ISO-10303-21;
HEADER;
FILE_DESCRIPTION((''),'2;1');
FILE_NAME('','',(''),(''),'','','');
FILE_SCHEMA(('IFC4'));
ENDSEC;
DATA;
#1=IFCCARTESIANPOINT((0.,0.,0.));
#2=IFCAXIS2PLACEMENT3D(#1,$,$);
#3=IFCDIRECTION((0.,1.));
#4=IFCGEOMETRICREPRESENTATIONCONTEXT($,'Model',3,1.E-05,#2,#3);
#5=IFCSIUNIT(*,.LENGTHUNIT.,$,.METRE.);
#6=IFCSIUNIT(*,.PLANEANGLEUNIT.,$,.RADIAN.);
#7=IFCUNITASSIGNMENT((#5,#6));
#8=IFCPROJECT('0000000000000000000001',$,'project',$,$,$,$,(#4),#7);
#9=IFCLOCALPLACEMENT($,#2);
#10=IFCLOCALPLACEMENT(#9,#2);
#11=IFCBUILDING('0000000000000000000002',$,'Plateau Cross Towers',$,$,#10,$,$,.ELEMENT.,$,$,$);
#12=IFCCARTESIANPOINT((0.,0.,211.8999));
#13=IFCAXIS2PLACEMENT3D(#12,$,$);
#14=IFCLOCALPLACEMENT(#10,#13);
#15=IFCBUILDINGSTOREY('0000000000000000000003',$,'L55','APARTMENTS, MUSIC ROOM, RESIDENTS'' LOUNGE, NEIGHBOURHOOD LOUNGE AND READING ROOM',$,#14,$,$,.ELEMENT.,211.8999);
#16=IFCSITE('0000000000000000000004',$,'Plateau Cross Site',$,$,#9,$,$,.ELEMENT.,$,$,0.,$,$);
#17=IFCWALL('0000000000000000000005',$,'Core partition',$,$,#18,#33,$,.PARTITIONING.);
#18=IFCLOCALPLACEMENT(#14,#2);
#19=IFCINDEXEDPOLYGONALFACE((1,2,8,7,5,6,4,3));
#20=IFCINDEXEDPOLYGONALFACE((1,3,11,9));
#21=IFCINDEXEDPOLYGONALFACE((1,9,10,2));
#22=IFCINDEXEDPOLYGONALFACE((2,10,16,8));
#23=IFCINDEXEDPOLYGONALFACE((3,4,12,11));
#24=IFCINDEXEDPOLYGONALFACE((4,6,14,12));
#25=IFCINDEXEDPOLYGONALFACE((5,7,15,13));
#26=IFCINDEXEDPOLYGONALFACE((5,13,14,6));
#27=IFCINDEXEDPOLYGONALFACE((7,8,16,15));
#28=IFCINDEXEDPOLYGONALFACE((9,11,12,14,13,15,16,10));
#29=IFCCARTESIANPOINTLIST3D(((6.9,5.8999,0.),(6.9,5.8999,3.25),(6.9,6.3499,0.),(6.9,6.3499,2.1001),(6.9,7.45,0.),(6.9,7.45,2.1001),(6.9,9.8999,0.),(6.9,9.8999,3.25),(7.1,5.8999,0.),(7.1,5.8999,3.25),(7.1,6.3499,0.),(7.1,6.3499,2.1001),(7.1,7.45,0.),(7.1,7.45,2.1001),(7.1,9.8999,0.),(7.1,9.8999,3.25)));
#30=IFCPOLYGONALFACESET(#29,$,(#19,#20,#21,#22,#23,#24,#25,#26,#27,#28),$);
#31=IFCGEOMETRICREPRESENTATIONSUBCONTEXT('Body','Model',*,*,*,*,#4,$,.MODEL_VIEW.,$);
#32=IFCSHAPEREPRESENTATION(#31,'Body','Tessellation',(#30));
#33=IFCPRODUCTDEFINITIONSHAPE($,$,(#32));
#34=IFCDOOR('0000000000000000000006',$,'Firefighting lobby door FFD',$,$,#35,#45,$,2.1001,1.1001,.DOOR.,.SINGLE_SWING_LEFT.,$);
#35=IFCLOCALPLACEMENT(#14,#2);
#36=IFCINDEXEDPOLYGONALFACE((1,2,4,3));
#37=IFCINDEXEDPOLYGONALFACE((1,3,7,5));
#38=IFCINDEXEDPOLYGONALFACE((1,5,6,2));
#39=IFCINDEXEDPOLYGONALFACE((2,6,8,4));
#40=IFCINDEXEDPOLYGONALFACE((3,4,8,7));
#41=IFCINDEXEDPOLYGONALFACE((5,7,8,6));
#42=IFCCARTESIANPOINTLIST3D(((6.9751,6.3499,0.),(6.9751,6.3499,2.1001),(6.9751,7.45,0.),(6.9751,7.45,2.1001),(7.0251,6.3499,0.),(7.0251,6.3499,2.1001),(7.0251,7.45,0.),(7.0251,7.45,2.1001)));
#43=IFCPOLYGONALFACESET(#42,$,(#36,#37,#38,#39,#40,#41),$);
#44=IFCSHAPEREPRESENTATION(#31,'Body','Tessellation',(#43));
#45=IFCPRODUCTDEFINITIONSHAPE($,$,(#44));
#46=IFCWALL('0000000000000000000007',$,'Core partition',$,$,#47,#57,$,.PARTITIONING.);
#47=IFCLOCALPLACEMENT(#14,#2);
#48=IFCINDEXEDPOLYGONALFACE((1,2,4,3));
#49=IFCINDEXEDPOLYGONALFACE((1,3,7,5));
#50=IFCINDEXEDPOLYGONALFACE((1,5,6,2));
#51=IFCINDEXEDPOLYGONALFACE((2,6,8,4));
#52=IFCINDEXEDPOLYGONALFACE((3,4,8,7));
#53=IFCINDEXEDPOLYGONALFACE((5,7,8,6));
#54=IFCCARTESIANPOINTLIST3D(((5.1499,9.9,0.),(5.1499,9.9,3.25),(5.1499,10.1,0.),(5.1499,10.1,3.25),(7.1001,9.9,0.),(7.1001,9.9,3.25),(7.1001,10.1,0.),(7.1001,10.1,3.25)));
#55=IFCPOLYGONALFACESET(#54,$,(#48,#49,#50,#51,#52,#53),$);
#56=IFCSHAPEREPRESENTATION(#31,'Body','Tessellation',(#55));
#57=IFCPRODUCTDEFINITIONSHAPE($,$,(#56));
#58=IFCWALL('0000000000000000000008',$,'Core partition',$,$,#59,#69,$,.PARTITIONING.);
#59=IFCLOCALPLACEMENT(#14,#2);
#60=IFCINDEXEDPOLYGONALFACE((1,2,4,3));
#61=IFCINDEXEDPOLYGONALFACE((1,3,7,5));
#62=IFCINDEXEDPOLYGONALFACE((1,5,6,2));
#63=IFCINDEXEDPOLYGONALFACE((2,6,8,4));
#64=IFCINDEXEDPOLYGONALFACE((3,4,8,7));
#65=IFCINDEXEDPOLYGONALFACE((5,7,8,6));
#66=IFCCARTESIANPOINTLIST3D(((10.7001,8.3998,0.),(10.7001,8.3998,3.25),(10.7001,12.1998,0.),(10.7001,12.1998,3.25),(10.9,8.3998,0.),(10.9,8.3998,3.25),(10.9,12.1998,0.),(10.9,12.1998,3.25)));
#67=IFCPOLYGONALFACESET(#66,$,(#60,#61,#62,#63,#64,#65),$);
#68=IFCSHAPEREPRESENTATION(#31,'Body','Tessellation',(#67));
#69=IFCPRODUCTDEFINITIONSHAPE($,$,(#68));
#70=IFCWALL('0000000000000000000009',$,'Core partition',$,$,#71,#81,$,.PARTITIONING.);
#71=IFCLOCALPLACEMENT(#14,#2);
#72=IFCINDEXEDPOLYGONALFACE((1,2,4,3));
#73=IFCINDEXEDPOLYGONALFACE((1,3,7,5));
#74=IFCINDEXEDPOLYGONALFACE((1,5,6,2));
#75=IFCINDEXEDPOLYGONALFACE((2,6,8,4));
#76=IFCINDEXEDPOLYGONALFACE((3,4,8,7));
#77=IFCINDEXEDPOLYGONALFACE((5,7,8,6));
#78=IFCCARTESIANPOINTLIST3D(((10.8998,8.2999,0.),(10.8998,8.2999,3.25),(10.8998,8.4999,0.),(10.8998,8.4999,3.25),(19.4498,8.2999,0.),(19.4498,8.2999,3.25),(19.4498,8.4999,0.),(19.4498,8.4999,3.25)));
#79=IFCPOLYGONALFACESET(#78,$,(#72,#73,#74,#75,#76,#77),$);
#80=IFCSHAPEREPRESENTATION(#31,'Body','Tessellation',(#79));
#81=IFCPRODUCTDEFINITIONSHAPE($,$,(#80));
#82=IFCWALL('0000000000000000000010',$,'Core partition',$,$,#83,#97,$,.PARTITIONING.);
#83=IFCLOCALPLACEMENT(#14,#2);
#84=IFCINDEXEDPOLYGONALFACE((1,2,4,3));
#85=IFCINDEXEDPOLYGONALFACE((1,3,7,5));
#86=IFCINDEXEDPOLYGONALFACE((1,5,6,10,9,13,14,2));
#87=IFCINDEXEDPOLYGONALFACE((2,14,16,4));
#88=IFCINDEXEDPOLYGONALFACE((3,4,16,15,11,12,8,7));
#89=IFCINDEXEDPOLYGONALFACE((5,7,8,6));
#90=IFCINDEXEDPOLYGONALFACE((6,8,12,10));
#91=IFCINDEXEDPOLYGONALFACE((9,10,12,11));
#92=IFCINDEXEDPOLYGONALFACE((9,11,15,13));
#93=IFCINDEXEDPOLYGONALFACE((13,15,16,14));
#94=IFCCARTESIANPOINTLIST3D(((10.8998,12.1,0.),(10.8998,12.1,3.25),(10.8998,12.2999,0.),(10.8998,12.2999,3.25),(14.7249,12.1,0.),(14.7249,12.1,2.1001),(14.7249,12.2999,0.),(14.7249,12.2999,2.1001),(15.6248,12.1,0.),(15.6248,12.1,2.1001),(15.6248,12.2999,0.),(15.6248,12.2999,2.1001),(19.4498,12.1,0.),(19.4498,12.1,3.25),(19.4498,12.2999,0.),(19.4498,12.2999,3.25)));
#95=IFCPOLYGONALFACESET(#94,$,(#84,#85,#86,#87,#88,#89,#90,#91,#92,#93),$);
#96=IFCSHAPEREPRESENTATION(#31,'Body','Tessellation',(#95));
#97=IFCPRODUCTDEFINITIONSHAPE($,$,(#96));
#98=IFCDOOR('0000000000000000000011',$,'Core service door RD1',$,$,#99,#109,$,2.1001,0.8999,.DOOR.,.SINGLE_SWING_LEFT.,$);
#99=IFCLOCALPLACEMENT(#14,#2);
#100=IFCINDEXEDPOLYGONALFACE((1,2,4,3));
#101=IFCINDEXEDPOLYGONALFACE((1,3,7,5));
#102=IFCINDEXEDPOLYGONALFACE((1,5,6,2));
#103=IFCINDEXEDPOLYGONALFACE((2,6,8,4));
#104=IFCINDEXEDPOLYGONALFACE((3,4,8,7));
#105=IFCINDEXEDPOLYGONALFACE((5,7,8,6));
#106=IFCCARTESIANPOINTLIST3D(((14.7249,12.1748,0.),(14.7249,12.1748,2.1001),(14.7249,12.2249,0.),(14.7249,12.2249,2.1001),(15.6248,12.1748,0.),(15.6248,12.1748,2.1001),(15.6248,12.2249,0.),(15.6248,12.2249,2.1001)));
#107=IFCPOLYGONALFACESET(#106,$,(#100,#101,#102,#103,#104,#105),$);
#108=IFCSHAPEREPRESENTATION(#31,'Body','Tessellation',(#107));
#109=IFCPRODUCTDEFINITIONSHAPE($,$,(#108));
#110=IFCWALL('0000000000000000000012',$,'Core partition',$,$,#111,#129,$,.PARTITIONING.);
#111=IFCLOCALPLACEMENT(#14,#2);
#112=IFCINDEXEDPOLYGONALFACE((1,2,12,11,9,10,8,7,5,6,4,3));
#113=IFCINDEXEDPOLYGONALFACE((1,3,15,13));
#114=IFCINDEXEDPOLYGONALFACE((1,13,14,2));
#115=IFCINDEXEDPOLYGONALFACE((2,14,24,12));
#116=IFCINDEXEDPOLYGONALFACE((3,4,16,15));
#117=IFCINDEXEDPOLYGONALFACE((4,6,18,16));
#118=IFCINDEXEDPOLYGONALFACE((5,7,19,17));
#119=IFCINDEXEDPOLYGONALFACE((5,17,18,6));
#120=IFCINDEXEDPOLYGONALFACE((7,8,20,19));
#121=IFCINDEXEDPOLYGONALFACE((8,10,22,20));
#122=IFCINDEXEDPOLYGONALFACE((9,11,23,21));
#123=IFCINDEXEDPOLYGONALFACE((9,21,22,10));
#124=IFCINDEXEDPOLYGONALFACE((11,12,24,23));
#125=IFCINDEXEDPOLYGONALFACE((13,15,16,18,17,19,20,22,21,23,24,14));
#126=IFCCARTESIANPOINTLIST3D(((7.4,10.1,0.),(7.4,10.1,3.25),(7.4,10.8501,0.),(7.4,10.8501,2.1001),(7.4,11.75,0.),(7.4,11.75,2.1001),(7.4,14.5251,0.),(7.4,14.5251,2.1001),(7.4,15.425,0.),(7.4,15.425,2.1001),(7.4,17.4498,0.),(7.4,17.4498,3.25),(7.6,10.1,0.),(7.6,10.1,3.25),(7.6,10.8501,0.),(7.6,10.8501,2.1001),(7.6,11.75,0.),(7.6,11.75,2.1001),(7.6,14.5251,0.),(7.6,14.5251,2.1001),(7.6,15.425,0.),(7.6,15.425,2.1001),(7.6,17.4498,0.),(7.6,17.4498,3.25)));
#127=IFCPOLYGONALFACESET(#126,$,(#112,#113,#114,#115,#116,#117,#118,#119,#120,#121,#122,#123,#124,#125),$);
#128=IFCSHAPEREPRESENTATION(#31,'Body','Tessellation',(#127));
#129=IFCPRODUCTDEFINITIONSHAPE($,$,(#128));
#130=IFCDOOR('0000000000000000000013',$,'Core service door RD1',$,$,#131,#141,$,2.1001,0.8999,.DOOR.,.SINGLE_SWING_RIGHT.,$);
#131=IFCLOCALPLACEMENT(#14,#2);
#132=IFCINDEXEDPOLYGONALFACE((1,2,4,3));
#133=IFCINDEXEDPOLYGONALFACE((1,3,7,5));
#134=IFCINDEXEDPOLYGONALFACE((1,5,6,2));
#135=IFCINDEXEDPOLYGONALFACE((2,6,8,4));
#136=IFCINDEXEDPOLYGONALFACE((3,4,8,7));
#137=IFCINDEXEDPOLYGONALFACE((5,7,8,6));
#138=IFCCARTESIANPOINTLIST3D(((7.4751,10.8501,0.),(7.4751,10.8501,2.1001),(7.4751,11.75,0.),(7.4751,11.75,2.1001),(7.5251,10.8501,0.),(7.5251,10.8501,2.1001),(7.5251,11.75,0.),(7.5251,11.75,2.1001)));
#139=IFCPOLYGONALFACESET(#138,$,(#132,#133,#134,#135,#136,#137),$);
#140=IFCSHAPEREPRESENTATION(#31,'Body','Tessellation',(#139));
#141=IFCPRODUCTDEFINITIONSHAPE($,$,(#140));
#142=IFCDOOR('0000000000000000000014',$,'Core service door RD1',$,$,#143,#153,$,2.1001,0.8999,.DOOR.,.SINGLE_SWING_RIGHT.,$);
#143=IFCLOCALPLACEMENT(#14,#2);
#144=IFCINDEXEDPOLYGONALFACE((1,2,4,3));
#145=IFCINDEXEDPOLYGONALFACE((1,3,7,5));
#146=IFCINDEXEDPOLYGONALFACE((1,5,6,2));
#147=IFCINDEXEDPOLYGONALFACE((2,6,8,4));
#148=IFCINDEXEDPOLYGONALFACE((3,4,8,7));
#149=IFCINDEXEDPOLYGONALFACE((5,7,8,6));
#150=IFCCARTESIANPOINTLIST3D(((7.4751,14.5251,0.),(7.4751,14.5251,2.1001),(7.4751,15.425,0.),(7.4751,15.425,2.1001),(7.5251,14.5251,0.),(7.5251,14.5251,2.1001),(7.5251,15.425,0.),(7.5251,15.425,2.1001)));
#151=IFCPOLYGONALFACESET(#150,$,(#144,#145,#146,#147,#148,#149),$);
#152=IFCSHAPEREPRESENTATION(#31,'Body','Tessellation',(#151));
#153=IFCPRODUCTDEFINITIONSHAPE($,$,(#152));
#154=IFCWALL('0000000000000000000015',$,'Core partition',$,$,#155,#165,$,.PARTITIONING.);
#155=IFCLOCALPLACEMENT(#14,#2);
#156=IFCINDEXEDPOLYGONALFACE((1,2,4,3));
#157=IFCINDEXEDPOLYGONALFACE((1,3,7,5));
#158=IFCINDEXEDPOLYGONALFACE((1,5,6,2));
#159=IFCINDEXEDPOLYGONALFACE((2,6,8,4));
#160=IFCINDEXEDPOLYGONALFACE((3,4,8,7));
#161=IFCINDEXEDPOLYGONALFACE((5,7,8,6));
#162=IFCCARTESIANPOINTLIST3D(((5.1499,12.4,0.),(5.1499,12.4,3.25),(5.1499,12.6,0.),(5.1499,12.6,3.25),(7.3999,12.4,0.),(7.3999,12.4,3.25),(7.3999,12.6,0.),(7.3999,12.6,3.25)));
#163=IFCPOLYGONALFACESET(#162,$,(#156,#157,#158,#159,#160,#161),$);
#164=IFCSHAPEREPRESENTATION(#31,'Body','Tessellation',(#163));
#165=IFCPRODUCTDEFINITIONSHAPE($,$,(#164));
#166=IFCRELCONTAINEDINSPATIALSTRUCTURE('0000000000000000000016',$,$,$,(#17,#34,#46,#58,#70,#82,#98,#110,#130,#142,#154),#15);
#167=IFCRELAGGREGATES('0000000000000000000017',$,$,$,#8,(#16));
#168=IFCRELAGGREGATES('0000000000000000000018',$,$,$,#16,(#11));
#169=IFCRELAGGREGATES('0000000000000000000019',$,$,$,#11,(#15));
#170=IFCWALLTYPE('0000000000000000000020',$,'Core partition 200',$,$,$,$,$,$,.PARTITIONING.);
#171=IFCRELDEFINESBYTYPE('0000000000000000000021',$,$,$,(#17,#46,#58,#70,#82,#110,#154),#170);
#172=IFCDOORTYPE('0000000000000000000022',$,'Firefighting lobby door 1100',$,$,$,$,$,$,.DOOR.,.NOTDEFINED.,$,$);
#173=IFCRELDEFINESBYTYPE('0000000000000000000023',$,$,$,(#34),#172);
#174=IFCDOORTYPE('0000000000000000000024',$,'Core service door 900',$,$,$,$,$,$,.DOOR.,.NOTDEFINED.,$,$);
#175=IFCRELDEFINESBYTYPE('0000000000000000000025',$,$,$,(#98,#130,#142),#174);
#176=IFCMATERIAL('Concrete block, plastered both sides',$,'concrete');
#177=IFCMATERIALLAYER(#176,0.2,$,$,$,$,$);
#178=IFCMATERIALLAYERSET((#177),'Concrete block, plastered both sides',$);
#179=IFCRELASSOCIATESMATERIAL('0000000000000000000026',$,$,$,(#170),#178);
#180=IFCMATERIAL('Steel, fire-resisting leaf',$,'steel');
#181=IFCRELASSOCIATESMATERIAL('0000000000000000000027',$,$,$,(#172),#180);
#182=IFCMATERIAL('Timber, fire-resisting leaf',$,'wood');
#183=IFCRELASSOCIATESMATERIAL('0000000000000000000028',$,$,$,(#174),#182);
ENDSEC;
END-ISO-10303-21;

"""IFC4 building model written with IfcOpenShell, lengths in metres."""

from ifc_helpers import new_model, si_unit, direction, frame, frame_2d, origin, place, context, subcontext, project, spatial, rectangle, extrude, material, layer, layer_set, type_object, element, fill, save


model = new_model("IFC4")

# Units and contexts
model_context = context("Model", 3, precision=1e-05, world=origin(), true_north=direction((0.0, 1.0)))
body_context = subcontext(model_context, "Body", "Model", "MODEL_VIEW")
ifc_project = project(units=[si_unit("LENGTHUNIT", "METRE"), si_unit("PLANEANGLEUNIT", "RADIAN")], contexts=[model_context])

# Site, building, storey
site_placement = place(None, origin())
site = spatial("IfcSite", under=ifc_project, at=site_placement, Name="Plateau Cross Site", CompositionType="ELEMENT", RefElevation=0.0)
building_placement = place(site_placement, origin())
building = spatial("IfcBuilding", under=site, at=building_placement, Name="Plateau Cross Towers", CompositionType="ELEMENT")
storey_placement = place(building_placement, frame((0.0, 0.0, 211.8999)))
storey = spatial("IfcBuildingStorey", under=building, at=storey_placement, Name="L55", Description="APARTMENTS, MUSIC ROOM, RESIDENTS' LOUNGE, NEIGHBOURHOOD LOUNGE AND READING ROOM", CompositionType="ELEMENT", Elevation=211.8999)

# Wall, opening, door
ifc_material_1 = material(Name="Concrete block, plastered both sides", Category="concrete")
ifc_layer = layer(ifc_material_1, 0.2)
ifc_layer_set = layer_set([ifc_layer], Name="Concrete block, plastered both sides")
wall_type = type_object("IfcWallType", Name="Core partition 200", PredefinedType="PARTITIONING", material=ifc_layer_set)
wall_1_placement = place(storey_placement, frame((7.0, 5.8999, 0.0), z_axis=(0.0, 0.0, 1.0), x_axis=(0.0, 1.0, 0.0)))
wall_1 = element("IfcWall", 1, at=wall_1_placement, inside=storey, type_object=wall_type, Name="Core partition", PredefinedType="PARTITIONING", context=body_context, shape_type="SweptSolid", body=[
    extrude(rectangle(XDim=4.0, YDim=0.2, at=frame_2d((2.0, 0.0))), origin(), (0.0, 0.0, 1.0), 3.25),
])
opening_1_placement = place(wall_1_placement, frame((0.45, 0.0, 0.0)))
opening_1 = element("IfcOpeningElement", 2, at=opening_1_placement, cuts=wall_1, PredefinedType="OPENING", context=body_context, shape_type="SweptSolid", body=[
    extrude(rectangle(XDim=1.1001, YDim=2.1001, at=frame_2d((0.55, 1.05))), frame((0.0, 0.1099, 0.0), z_axis=(0.0, -1.0, 0.0), x_axis=(1.0, 0.0, 0.0)), (0.0, 0.0, 1.0), 0.22),
])
ifc_material_2 = material(Name="Steel, fire-resisting leaf", Category="steel")
door_type_1 = type_object("IfcDoorType", Name="Firefighting lobby door 1100", OperationType="NOTDEFINED", PredefinedType="DOOR", material=ifc_material_2)
door_1_placement = place(opening_1_placement, origin())
door_1 = element("IfcDoor", 3, at=door_1_placement, inside=storey, type_object=door_type_1, Name="Firefighting lobby door FFD", OperationType="SINGLE_SWING_LEFT", OverallHeight=2.1001, OverallWidth=1.1001, PredefinedType="DOOR", context=body_context, shape_type="SweptSolid", body=[
    extrude(rectangle(XDim=1.1001, YDim=2.1001, at=frame_2d((0.55, 1.05))), frame((0.0, 0.0249, 0.0), z_axis=(0.0, -1.0, 0.0), x_axis=(1.0, 0.0, 0.0)), (0.0, 0.0, 1.0), 0.05),
])
fill(opening_1, door_1)

# Walls
wall_2_placement = place(storey_placement, frame((5.1499, 10.0, 0.0), z_axis=(0.0, 0.0, 1.0), x_axis=(1.0, 0.0, 0.0)))
element("IfcWall", 4, at=wall_2_placement, inside=storey, type_object=wall_type, Name="Core partition", PredefinedType="PARTITIONING", context=body_context, shape_type="SweptSolid", body=[
    extrude(rectangle(XDim=1.9502, YDim=0.2, at=frame_2d((0.9751, 0.0))), origin(), (0.0, 0.0, 1.0), 3.25),
])
wall_3_placement = place(storey_placement, frame((10.8, 8.3999, 0.0), z_axis=(0.0, 0.0, 1.0), x_axis=(0.0, 1.0, 0.0)))
element("IfcWall", 5, at=wall_3_placement, inside=storey, type_object=wall_type, Name="Core partition", PredefinedType="PARTITIONING", context=body_context, shape_type="SweptSolid", body=[
    extrude(rectangle(XDim=3.8, YDim=0.2, at=frame_2d((1.8999, 0.0))), origin(), (0.0, 0.0, 1.0), 3.25),
])
wall_4_placement = place(storey_placement, frame((10.8999, 8.3999, 0.0), z_axis=(0.0, 0.0, 1.0), x_axis=(1.0, 0.0, 0.0)))
element("IfcWall", 6, at=wall_4_placement, inside=storey, type_object=wall_type, Name="Core partition", PredefinedType="PARTITIONING", context=body_context, shape_type="SweptSolid", body=[
    extrude(rectangle(XDim=8.55, YDim=0.2, at=frame_2d((4.2749, 0.0))), origin(), (0.0, 0.0, 1.0), 3.25),
])

# Wall, opening, door
wall_5_placement = place(storey_placement, frame((10.8999, 12.2, 0.0), z_axis=(0.0, 0.0, 1.0), x_axis=(1.0, 0.0, 0.0)))
wall_5 = element("IfcWall", 7, at=wall_5_placement, inside=storey, type_object=wall_type, Name="Core partition", PredefinedType="PARTITIONING", context=body_context, shape_type="SweptSolid", body=[
    extrude(rectangle(XDim=8.55, YDim=0.2, at=frame_2d((4.2749, 0.0))), origin(), (0.0, 0.0, 1.0), 3.25),
])
opening_2_placement = place(wall_5_placement, frame((3.825, 0.0, 0.0)))
opening_2 = element("IfcOpeningElement", 8, at=opening_2_placement, cuts=wall_5, PredefinedType="OPENING", context=body_context, shape_type="SweptSolid", body=[
    extrude(rectangle(XDim=0.8999, YDim=2.1001, at=frame_2d((0.45, 1.05))), frame((0.0, 0.1099, 0.0), z_axis=(0.0, -1.0, 0.0), x_axis=(1.0, 0.0, 0.0)), (0.0, 0.0, 1.0), 0.22),
])
ifc_material_3 = material(Name="Timber, fire-resisting leaf", Category="wood")
door_type_2 = type_object("IfcDoorType", Name="Core service door 900", OperationType="NOTDEFINED", PredefinedType="DOOR", material=ifc_material_3)
door_2_placement = place(opening_2_placement, origin())
door_2 = element("IfcDoor", 9, at=door_2_placement, inside=storey, type_object=door_type_2, Name="Core service door RD1", OperationType="SINGLE_SWING_LEFT", OverallHeight=2.1001, OverallWidth=0.8999, PredefinedType="DOOR", context=body_context, shape_type="SweptSolid", body=[
    extrude(rectangle(XDim=0.8999, YDim=2.1001, at=frame_2d((0.45, 1.05))), frame((0.0, 0.0249, 0.0), z_axis=(0.0, -1.0, 0.0), x_axis=(1.0, 0.0, 0.0)), (0.0, 0.0, 1.0), 0.05),
])
fill(opening_2, door_2)

# Wall, openings, doors
wall_6_placement = place(storey_placement, frame((7.5, 10.1001, 0.0), z_axis=(0.0, 0.0, 1.0), x_axis=(0.0, 1.0, 0.0)))
wall_6 = element("IfcWall", 10, at=wall_6_placement, inside=storey, type_object=wall_type, Name="Core partition", PredefinedType="PARTITIONING", context=body_context, shape_type="SweptSolid", body=[
    extrude(rectangle(XDim=7.3499, YDim=0.2, at=frame_2d((3.6748, 0.0))), origin(), (0.0, 0.0, 1.0), 3.25),
])
opening_3_placement = place(wall_6_placement, frame((0.75, 0.0, 0.0)))
opening_3 = element("IfcOpeningElement", 11, at=opening_3_placement, cuts=wall_6, PredefinedType="OPENING", context=body_context, shape_type="SweptSolid", body=[
    extrude(rectangle(XDim=0.8999, YDim=2.1001, at=frame_2d((0.45, 1.05))), frame((0.0, 0.1099, 0.0), z_axis=(0.0, -1.0, 0.0), x_axis=(1.0, 0.0, 0.0)), (0.0, 0.0, 1.0), 0.22),
])
opening_4_placement = place(wall_6_placement, frame((4.425, 0.0, 0.0)))
opening_4 = element("IfcOpeningElement", 12, at=opening_4_placement, cuts=wall_6, PredefinedType="OPENING", context=body_context, shape_type="SweptSolid", body=[
    extrude(rectangle(XDim=0.8999, YDim=2.1001, at=frame_2d((0.45, 1.05))), frame((0.0, 0.1099, 0.0), z_axis=(0.0, -1.0, 0.0), x_axis=(1.0, 0.0, 0.0)), (0.0, 0.0, 1.0), 0.22),
])
door_3_placement = place(opening_3_placement, origin())
door_3 = element("IfcDoor", 13, at=door_3_placement, inside=storey, type_object=door_type_2, Name="Core service door RD1", OperationType="SINGLE_SWING_RIGHT", OverallHeight=2.1001, OverallWidth=0.8999, PredefinedType="DOOR", context=body_context, shape_type="SweptSolid", body=[
    extrude(rectangle(XDim=0.8999, YDim=2.1001, at=frame_2d((0.45, 1.05))), frame((0.0, 0.0249, 0.0), z_axis=(0.0, -1.0, 0.0), x_axis=(1.0, 0.0, 0.0)), (0.0, 0.0, 1.0), 0.05),
])
fill(opening_3, door_3)
door_4_placement = place(opening_4_placement, origin())
door_4 = element("IfcDoor", 14, at=door_4_placement, inside=storey, type_object=door_type_2, Name="Core service door RD1", OperationType="SINGLE_SWING_RIGHT", OverallHeight=2.1001, OverallWidth=0.8999, PredefinedType="DOOR", context=body_context, shape_type="SweptSolid", body=[
    extrude(rectangle(XDim=0.8999, YDim=2.1001, at=frame_2d((0.45, 1.05))), frame((0.0, 0.0249, 0.0), z_axis=(0.0, -1.0, 0.0), x_axis=(1.0, 0.0, 0.0)), (0.0, 0.0, 1.0), 0.05),
])
fill(opening_4, door_4)

# Wall
wall_7_placement = place(storey_placement, frame((5.1499, 12.5, 0.0), z_axis=(0.0, 0.0, 1.0), x_axis=(1.0, 0.0, 0.0)))
element("IfcWall", 15, at=wall_7_placement, inside=storey, type_object=wall_type, Name="Core partition", PredefinedType="PARTITIONING", context=body_context, shape_type="SweptSolid", body=[
    extrude(rectangle(XDim=2.25, YDim=0.2, at=frame_2d((1.125, 0.0))), origin(), (0.0, 0.0, 1.0), 3.25),
])

save(model, "model.ifc")
